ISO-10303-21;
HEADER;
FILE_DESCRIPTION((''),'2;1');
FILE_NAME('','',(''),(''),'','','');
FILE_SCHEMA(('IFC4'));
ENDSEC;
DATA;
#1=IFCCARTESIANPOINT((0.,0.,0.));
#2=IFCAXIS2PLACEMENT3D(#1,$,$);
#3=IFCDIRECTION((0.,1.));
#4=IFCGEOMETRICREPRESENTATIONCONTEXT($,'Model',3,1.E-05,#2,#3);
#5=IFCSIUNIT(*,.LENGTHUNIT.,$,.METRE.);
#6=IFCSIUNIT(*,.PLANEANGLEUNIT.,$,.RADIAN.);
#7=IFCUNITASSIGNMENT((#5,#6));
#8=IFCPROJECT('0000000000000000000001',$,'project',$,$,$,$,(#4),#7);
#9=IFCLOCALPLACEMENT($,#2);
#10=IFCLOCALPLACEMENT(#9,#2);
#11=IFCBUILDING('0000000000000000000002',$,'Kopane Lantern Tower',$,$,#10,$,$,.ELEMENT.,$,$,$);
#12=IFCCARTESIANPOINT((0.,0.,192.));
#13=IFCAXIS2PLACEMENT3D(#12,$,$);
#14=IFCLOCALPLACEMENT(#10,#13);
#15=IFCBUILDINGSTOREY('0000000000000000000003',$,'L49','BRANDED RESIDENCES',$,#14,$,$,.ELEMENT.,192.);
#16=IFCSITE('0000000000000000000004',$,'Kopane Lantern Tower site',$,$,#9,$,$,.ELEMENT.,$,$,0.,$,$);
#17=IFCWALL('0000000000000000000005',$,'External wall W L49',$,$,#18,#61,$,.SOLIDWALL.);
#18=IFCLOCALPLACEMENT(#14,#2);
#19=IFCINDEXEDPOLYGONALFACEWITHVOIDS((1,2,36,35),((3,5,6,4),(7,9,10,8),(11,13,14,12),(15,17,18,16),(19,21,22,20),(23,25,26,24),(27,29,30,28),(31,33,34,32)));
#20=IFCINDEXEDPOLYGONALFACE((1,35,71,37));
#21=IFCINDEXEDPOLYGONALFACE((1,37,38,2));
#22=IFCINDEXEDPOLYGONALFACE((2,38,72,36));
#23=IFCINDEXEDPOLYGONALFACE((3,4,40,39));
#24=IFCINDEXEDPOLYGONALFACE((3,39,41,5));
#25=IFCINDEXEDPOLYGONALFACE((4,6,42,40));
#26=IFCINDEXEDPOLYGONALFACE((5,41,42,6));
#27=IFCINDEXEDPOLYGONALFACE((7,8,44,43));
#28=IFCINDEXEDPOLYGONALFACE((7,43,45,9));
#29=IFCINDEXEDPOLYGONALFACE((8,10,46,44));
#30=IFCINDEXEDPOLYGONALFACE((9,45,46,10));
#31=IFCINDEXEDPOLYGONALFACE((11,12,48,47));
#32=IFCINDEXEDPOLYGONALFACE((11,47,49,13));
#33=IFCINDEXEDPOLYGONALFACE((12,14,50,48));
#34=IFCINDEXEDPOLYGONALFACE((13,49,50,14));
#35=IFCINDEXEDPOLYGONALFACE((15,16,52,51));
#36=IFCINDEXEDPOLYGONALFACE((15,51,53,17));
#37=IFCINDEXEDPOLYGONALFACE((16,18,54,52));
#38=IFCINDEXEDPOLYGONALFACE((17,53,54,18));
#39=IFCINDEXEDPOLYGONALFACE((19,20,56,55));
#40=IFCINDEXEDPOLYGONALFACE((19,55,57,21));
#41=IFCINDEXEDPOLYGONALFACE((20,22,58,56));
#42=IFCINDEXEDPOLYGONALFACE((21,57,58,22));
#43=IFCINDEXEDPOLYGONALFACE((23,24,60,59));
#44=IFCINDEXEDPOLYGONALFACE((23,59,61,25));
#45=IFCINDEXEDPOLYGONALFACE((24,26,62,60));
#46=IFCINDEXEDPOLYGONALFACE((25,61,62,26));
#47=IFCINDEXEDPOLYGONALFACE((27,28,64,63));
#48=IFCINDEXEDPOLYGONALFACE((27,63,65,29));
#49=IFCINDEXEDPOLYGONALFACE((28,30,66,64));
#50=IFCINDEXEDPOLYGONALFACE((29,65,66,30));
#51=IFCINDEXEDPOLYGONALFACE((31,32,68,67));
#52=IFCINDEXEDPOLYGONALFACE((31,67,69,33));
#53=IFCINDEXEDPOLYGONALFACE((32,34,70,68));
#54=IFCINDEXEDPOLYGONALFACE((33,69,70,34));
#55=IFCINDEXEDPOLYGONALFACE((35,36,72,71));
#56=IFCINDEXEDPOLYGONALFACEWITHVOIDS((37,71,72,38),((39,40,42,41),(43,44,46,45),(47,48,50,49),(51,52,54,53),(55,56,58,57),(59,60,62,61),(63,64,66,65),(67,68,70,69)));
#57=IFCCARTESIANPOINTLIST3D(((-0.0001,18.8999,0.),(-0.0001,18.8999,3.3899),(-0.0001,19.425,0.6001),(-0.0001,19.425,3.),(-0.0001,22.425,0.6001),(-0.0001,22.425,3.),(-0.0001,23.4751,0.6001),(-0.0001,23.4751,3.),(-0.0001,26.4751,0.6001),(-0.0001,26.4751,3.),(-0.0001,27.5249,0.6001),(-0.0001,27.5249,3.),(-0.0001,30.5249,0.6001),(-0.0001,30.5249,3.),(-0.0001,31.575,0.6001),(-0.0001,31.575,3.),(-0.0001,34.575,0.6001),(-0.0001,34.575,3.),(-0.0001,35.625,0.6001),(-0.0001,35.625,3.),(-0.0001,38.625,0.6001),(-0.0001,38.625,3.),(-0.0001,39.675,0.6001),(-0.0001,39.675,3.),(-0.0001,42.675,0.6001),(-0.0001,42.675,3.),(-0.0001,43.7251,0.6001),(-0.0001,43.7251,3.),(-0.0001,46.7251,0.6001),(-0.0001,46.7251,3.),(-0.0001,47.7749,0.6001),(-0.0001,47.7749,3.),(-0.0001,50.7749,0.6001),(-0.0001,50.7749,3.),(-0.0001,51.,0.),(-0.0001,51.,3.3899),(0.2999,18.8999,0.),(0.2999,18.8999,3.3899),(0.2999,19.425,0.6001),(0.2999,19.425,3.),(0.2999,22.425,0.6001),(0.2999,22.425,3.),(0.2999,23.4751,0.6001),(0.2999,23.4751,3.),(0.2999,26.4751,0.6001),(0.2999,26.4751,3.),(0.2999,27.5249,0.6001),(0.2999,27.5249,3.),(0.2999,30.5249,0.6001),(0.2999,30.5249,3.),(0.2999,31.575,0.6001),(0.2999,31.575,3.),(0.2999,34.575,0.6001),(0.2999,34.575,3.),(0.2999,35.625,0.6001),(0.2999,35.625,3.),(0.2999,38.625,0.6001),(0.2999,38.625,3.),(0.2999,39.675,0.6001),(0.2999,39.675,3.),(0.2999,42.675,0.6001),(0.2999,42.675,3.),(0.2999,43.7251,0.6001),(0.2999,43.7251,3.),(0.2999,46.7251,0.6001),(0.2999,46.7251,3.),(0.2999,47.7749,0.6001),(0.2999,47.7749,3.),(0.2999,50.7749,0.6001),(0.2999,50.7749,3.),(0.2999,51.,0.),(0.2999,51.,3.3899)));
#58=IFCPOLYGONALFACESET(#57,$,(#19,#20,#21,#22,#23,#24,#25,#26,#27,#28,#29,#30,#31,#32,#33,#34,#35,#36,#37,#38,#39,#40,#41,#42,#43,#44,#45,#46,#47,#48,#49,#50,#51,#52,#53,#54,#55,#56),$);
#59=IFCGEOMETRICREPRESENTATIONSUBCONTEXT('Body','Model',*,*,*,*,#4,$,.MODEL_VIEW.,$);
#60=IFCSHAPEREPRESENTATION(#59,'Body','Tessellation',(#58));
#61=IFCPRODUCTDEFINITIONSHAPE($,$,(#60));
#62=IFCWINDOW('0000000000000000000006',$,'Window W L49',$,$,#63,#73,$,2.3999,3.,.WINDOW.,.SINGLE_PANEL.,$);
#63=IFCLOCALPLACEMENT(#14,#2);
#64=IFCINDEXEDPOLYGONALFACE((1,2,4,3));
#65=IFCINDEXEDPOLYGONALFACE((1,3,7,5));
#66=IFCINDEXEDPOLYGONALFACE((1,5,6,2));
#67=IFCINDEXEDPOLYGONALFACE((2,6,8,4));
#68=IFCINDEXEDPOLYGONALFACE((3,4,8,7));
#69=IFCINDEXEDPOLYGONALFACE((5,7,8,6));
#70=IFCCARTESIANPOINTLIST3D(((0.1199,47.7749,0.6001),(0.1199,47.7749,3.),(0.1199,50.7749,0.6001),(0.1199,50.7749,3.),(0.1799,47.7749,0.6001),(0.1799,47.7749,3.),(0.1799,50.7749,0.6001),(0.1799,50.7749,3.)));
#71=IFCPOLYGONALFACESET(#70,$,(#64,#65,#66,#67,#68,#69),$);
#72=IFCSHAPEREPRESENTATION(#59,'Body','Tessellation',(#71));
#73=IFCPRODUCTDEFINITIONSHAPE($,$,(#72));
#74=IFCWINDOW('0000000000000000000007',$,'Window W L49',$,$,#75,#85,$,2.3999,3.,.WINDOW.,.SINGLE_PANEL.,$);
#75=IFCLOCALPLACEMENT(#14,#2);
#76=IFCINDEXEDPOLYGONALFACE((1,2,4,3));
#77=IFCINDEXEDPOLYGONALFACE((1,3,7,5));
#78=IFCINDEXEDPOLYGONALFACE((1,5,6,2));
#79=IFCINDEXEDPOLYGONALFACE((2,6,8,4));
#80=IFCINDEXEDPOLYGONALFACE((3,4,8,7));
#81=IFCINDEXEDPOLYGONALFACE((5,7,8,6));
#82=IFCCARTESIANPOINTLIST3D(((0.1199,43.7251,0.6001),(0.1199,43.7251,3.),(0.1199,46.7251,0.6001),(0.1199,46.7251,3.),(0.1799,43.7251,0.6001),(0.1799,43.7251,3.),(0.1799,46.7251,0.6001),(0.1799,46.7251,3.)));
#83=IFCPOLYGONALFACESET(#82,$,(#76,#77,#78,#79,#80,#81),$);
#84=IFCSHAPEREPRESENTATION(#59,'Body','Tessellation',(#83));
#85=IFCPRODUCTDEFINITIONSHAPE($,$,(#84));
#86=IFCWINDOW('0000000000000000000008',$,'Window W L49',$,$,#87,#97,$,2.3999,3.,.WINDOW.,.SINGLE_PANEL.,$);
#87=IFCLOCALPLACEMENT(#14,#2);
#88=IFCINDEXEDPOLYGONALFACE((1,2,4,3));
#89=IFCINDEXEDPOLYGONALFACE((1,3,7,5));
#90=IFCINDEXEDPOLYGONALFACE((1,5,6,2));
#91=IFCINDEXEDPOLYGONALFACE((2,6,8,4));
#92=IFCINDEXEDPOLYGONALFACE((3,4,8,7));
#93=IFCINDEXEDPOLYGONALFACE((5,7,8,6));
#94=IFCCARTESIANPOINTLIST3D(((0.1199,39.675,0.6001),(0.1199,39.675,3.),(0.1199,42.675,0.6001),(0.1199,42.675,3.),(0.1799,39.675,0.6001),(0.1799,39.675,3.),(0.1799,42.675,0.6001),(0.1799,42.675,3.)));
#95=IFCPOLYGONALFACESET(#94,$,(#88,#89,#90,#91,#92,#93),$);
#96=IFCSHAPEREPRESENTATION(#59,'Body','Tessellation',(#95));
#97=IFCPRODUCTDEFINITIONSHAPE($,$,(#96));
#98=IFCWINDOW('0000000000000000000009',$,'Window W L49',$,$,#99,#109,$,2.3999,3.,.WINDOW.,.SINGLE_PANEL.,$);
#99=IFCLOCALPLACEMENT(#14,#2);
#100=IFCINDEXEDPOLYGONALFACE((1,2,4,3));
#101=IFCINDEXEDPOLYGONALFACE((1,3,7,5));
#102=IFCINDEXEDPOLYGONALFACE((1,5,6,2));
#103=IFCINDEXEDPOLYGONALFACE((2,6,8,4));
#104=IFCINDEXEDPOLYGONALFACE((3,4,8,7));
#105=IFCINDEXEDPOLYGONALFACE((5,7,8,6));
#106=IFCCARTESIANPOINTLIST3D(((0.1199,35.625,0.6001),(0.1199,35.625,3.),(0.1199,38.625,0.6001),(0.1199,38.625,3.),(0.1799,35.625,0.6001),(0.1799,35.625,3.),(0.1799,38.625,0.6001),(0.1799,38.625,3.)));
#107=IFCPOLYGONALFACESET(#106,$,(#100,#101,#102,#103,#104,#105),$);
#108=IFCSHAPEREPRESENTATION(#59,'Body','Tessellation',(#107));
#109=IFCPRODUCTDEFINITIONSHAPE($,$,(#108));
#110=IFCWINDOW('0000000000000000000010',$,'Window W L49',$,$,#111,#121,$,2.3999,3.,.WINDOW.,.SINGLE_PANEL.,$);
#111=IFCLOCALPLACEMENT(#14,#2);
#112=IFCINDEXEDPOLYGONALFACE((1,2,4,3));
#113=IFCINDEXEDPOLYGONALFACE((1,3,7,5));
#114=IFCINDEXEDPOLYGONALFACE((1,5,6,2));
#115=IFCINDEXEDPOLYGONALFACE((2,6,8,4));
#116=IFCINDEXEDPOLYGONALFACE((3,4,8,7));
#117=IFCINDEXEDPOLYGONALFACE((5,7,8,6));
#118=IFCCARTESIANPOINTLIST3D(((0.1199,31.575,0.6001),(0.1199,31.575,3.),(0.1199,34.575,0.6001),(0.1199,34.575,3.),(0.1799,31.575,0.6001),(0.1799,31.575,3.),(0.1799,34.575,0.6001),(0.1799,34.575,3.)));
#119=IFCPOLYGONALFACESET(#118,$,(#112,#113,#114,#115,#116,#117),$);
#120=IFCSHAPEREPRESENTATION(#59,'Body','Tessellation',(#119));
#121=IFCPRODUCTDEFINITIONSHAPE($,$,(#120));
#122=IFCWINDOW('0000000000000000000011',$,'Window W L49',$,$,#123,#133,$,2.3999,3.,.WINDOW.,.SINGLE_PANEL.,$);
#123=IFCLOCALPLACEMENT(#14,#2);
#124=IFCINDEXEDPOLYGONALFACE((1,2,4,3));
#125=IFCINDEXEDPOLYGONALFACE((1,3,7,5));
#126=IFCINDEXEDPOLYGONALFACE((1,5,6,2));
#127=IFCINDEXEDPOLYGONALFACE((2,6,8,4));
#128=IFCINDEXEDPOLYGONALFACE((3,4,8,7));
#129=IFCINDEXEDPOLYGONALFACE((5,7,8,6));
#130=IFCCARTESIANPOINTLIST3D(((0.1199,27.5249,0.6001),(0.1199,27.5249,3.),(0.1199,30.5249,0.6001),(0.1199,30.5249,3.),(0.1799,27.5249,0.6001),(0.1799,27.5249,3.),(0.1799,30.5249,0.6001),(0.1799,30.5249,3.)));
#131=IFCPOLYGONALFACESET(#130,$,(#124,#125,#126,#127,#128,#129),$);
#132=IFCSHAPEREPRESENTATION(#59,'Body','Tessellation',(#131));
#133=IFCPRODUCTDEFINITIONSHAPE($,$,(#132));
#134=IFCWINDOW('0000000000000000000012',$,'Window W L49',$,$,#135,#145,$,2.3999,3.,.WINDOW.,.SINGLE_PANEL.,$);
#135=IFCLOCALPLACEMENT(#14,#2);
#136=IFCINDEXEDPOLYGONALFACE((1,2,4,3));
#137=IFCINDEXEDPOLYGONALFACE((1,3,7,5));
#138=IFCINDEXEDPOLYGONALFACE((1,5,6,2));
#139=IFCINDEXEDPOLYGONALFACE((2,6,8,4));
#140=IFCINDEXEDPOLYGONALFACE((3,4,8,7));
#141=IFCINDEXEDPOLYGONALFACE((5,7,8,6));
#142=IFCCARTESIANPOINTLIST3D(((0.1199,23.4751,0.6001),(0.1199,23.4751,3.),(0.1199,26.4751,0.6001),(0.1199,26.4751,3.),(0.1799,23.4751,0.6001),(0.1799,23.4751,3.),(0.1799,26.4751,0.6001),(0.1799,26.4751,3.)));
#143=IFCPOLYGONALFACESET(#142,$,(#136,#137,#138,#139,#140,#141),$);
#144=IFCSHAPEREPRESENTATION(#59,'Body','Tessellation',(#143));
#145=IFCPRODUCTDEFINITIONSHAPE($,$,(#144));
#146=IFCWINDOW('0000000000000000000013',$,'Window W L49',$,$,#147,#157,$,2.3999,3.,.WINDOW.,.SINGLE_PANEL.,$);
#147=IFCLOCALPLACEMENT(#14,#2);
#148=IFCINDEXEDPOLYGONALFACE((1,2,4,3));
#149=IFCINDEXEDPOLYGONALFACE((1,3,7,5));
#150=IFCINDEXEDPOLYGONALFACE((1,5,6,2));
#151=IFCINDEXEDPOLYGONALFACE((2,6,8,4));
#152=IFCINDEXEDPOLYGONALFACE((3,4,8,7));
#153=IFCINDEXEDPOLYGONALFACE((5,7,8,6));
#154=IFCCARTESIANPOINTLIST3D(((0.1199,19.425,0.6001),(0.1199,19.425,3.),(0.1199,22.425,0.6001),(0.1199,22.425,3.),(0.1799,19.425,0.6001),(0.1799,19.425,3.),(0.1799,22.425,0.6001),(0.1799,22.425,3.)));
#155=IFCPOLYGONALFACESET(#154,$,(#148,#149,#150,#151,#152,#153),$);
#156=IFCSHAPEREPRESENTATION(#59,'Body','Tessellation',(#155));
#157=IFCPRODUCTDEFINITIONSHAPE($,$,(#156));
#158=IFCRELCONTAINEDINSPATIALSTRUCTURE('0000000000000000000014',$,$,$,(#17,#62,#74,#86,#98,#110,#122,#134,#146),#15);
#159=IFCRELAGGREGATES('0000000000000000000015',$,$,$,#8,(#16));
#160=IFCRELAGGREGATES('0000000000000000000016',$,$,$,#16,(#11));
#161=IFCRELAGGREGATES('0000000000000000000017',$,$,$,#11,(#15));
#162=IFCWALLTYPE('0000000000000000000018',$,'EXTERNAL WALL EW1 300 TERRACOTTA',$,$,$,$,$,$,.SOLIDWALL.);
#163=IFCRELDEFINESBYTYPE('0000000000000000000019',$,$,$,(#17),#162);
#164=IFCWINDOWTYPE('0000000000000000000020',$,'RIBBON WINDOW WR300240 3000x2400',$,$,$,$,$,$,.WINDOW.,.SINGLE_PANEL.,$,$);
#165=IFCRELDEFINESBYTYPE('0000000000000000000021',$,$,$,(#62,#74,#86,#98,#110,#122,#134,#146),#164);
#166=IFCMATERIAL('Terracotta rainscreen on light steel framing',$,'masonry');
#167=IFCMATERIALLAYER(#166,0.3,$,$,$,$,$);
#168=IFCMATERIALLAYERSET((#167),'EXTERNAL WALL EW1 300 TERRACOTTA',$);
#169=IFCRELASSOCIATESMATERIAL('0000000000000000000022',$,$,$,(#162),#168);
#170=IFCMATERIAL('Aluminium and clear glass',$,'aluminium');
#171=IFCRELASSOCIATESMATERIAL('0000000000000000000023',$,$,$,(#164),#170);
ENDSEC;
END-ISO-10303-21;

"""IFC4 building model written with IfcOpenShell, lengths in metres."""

from ifc_helpers import new_model, si_unit, direction, frame, frame_2d, origin, place, context, subcontext, project, spatial, rectangle, extrude, material, layer, layer_set, type_object, element, fill, save


model = new_model("IFC4")

# Units and contexts
model_context = context("Model", 3, precision=1e-05, world=origin(), true_north=direction((0.0, 1.0)))
body_context = subcontext(model_context, "Body", "Model", "MODEL_VIEW")
ifc_project = project(units=[si_unit("LENGTHUNIT", "METRE"), si_unit("PLANEANGLEUNIT", "RADIAN")], contexts=[model_context])

# Site, building, storey
site_placement = place(None, origin())
site = spatial("IfcSite", under=ifc_project, at=site_placement, Name="Kopane Lantern Tower site", CompositionType="ELEMENT", RefElevation=0.0)
building_placement = place(site_placement, origin())
building = spatial("IfcBuilding", under=site, at=building_placement, Name="Kopane Lantern Tower", CompositionType="ELEMENT")
storey_placement = place(building_placement, frame((0.0, 0.0, 192.0)))
storey = spatial("IfcBuildingStorey", under=building, at=storey_placement, Name="L49", Description="BRANDED RESIDENCES", CompositionType="ELEMENT", Elevation=192.0)

# Wall, openings, windows
ifc_material_1 = material(Name="Terracotta rainscreen on light steel framing", Category="masonry")
ifc_layer = layer(ifc_material_1, 0.3)
ifc_layer_set = layer_set([ifc_layer], Name="EXTERNAL WALL EW1 300 TERRACOTTA")
wall_type = type_object("IfcWallType", Name="EXTERNAL WALL EW1 300 TERRACOTTA", PredefinedType="SOLIDWALL", material=ifc_layer_set)
wall_placement = place(storey_placement, frame((0.1499, 51.0, 0.0), z_axis=(0.0, 0.0, 1.0), x_axis=(0.0, -1.0, 0.0)))
wall = element("IfcWall", 1, at=wall_placement, inside=storey, type_object=wall_type, Name="External wall W L49", PredefinedType="SOLIDWALL", context=body_context, shape_type="SweptSolid", body=[
    extrude(rectangle(XDim=32.1001, YDim=0.3, at=frame_2d((16.05, 0.0))), origin(), (0.0, 0.0, 1.0), 3.3899),
])
opening_1_placement = place(wall_placement, frame((0.2251, 0.0, 0.6001)))
opening_1 = element("IfcOpeningElement", 2, at=opening_1_placement, cuts=wall, PredefinedType="OPENING", context=body_context, shape_type="SweptSolid", body=[
    extrude(rectangle(XDim=3.0, YDim=2.3999, at=frame_2d((1.5, 1.2))), frame((0.0, 0.1599, 0.0), z_axis=(0.0, -1.0, 0.0), x_axis=(1.0, 0.0, 0.0)), (0.0, 0.0, 1.0), 0.3201),
])
opening_2_placement = place(wall_placement, frame((4.2749, 0.0, 0.6001)))
opening_2 = element("IfcOpeningElement", 3, at=opening_2_placement, cuts=wall, PredefinedType="OPENING", context=body_context, shape_type="SweptSolid", body=[
    extrude(rectangle(XDim=3.0, YDim=2.3999, at=frame_2d((1.5, 1.2))), frame((0.0, 0.1599, 0.0), z_axis=(0.0, -1.0, 0.0), x_axis=(1.0, 0.0, 0.0)), (0.0, 0.0, 1.0), 0.3201),
])
opening_3_placement = place(wall_placement, frame((8.325, 0.0, 0.6001)))
opening_3 = element("IfcOpeningElement", 4, at=opening_3_placement, cuts=wall, PredefinedType="OPENING", context=body_context, shape_type="SweptSolid", body=[
    extrude(rectangle(XDim=3.0, YDim=2.3999, at=frame_2d((1.5, 1.2))), frame((0.0, 0.1599, 0.0), z_axis=(0.0, -1.0, 0.0), x_axis=(1.0, 0.0, 0.0)), (0.0, 0.0, 1.0), 0.3201),
])
opening_4_placement = place(wall_placement, frame((12.375, 0.0, 0.6001)))
opening_4 = element("IfcOpeningElement", 5, at=opening_4_placement, cuts=wall, PredefinedType="OPENING", context=body_context, shape_type="SweptSolid", body=[
    extrude(rectangle(XDim=3.0, YDim=2.3999, at=frame_2d((1.5, 1.2))), frame((0.0, 0.1599, 0.0), z_axis=(0.0, -1.0, 0.0), x_axis=(1.0, 0.0, 0.0)), (0.0, 0.0, 1.0), 0.3201),
])
opening_5_placement = place(wall_placement, frame((16.425, 0.0, 0.6001)))
opening_5 = element("IfcOpeningElement", 6, at=opening_5_placement, cuts=wall, PredefinedType="OPENING", context=body_context, shape_type="SweptSolid", body=[
    extrude(rectangle(XDim=3.0, YDim=2.3999, at=frame_2d((1.5, 1.2))), frame((0.0, 0.1599, 0.0), z_axis=(0.0, -1.0, 0.0), x_axis=(1.0, 0.0, 0.0)), (0.0, 0.0, 1.0), 0.3201),
])
opening_6_placement = place(wall_placement, frame((20.4751, 0.0, 0.6001)))
opening_6 = element("IfcOpeningElement", 7, at=opening_6_placement, cuts=wall, PredefinedType="OPENING", context=body_context, shape_type="SweptSolid", body=[
    extrude(rectangle(XDim=3.0, YDim=2.3999, at=frame_2d((1.5, 1.2))), frame((0.0, 0.1599, 0.0), z_axis=(0.0, -1.0, 0.0), x_axis=(1.0, 0.0, 0.0)), (0.0, 0.0, 1.0), 0.3201),
])
opening_7_placement = place(wall_placement, frame((24.5249, 0.0, 0.6001)))
opening_7 = element("IfcOpeningElement", 8, at=opening_7_placement, cuts=wall, PredefinedType="OPENING", context=body_context, shape_type="SweptSolid", body=[
    extrude(rectangle(XDim=3.0, YDim=2.3999, at=frame_2d((1.5, 1.2))), frame((0.0, 0.1599, 0.0), z_axis=(0.0, -1.0, 0.0), x_axis=(1.0, 0.0, 0.0)), (0.0, 0.0, 1.0), 0.3201),
])
opening_8_placement = place(wall_placement, frame((28.575, 0.0, 0.6001)))
opening_8 = element("IfcOpeningElement", 9, at=opening_8_placement, cuts=wall, PredefinedType="OPENING", context=body_context, shape_type="SweptSolid", body=[
    extrude(rectangle(XDim=3.0, YDim=2.3999, at=frame_2d((1.5, 1.2))), frame((0.0, 0.1599, 0.0), z_axis=(0.0, -1.0, 0.0), x_axis=(1.0, 0.0, 0.0)), (0.0, 0.0, 1.0), 0.3201),
])
ifc_material_2 = material(Name="Aluminium and clear glass", Category="aluminium")
window_type = type_object("IfcWindowType", Name="RIBBON WINDOW WR300240 3000x2400", PartitioningType="SINGLE_PANEL", PredefinedType="WINDOW", material=ifc_material_2)
window_1_placement = place(opening_1_placement, origin())
window_1 = element("IfcWindow", 10, at=window_1_placement, inside=storey, type_object=window_type, Name="Window W L49", OverallHeight=2.3999, OverallWidth=3.0, PartitioningType="SINGLE_PANEL", PredefinedType="WINDOW", context=body_context, shape_type="SweptSolid", body=[
    extrude(rectangle(XDim=3.0, YDim=2.3999, at=frame_2d((1.5, 1.2))), frame((0.0, 0.03, 0.0), z_axis=(0.0, -1.0, 0.0), x_axis=(1.0, 0.0, 0.0)), (0.0, 0.0, 1.0), 0.0601),
])
fill(opening_1, window_1)
window_2_placement = place(opening_2_placement, origin())
window_2 = element("IfcWindow", 11, at=window_2_placement, inside=storey, type_object=window_type, Name="Window W L49", OverallHeight=2.3999, OverallWidth=3.0, PartitioningType="SINGLE_PANEL", PredefinedType="WINDOW", context=body_context, shape_type="SweptSolid", body=[
    extrude(rectangle(XDim=3.0, YDim=2.3999, at=frame_2d((1.5, 1.2))), frame((0.0, 0.03, 0.0), z_axis=(0.0, -1.0, 0.0), x_axis=(1.0, 0.0, 0.0)), (0.0, 0.0, 1.0), 0.0601),
])
fill(opening_2, window_2)
window_3_placement = place(opening_3_placement, origin())
window_3 = element("IfcWindow", 12, at=window_3_placement, inside=storey, type_object=window_type, Name="Window W L49", OverallHeight=2.3999, OverallWidth=3.0, PartitioningType="SINGLE_PANEL", PredefinedType="WINDOW", context=body_context, shape_type="SweptSolid", body=[
    extrude(rectangle(XDim=3.0, YDim=2.3999, at=frame_2d((1.5, 1.2))), frame((0.0, 0.03, 0.0), z_axis=(0.0, -1.0, 0.0), x_axis=(1.0, 0.0, 0.0)), (0.0, 0.0, 1.0), 0.0601),
])
fill(opening_3, window_3)
window_4_placement = place(opening_4_placement, origin())
window_4 = element("IfcWindow", 13, at=window_4_placement, inside=storey, type_object=window_type, Name="Window W L49", OverallHeight=2.3999, OverallWidth=3.0, PartitioningType="SINGLE_PANEL", PredefinedType="WINDOW", context=body_context, shape_type="SweptSolid", body=[
    extrude(rectangle(XDim=3.0, YDim=2.3999, at=frame_2d((1.5, 1.2))), frame((0.0, 0.03, 0.0), z_axis=(0.0, -1.0, 0.0), x_axis=(1.0, 0.0, 0.0)), (0.0, 0.0, 1.0), 0.0601),
])
fill(opening_4, window_4)
window_5_placement = place(opening_5_placement, origin())
window_5 = element("IfcWindow", 14, at=window_5_placement, inside=storey, type_object=window_type, Name="Window W L49", OverallHeight=2.3999, OverallWidth=3.0, PartitioningType="SINGLE_PANEL", PredefinedType="WINDOW", context=body_context, shape_type="SweptSolid", body=[
    extrude(rectangle(XDim=3.0, YDim=2.3999, at=frame_2d((1.5, 1.2))), frame((0.0, 0.03, 0.0), z_axis=(0.0, -1.0, 0.0), x_axis=(1.0, 0.0, 0.0)), (0.0, 0.0, 1.0), 0.0601),
])
fill(opening_5, window_5)
window_6_placement = place(opening_6_placement, origin())
window_6 = element("IfcWindow", 15, at=window_6_placement, inside=storey, type_object=window_type, Name="Window W L49", OverallHeight=2.3999, OverallWidth=3.0, PartitioningType="SINGLE_PANEL", PredefinedType="WINDOW", context=body_context, shape_type="SweptSolid", body=[
    extrude(rectangle(XDim=3.0, YDim=2.3999, at=frame_2d((1.5, 1.2))), frame((0.0, 0.03, 0.0), z_axis=(0.0, -1.0, 0.0), x_axis=(1.0, 0.0, 0.0)), (0.0, 0.0, 1.0), 0.0601),
])
fill(opening_6, window_6)
window_7_placement = place(opening_7_placement, origin())
window_7 = element("IfcWindow", 16, at=window_7_placement, inside=storey, type_object=window_type, Name="Window W L49", OverallHeight=2.3999, OverallWidth=3.0, PartitioningType="SINGLE_PANEL", PredefinedType="WINDOW", context=body_context, shape_type="SweptSolid", body=[
    extrude(rectangle(XDim=3.0, YDim=2.3999, at=frame_2d((1.5, 1.2))), frame((0.0, 0.03, 0.0), z_axis=(0.0, -1.0, 0.0), x_axis=(1.0, 0.0, 0.0)), (0.0, 0.0, 1.0), 0.0601),
])
fill(opening_7, window_7)
window_8_placement = place(opening_8_placement, origin())
window_8 = element("IfcWindow", 17, at=window_8_placement, inside=storey, type_object=window_type, Name="Window W L49", OverallHeight=2.3999, OverallWidth=3.0, PartitioningType="SINGLE_PANEL", PredefinedType="WINDOW", context=body_context, shape_type="SweptSolid", body=[
    extrude(rectangle(XDim=3.0, YDim=2.3999, at=frame_2d((1.5, 1.2))), frame((0.0, 0.03, 0.0), z_axis=(0.0, -1.0, 0.0), x_axis=(1.0, 0.0, 0.0)), (0.0, 0.0, 1.0), 0.0601),
])
fill(opening_8, window_8)

save(model, "model.ifc")
